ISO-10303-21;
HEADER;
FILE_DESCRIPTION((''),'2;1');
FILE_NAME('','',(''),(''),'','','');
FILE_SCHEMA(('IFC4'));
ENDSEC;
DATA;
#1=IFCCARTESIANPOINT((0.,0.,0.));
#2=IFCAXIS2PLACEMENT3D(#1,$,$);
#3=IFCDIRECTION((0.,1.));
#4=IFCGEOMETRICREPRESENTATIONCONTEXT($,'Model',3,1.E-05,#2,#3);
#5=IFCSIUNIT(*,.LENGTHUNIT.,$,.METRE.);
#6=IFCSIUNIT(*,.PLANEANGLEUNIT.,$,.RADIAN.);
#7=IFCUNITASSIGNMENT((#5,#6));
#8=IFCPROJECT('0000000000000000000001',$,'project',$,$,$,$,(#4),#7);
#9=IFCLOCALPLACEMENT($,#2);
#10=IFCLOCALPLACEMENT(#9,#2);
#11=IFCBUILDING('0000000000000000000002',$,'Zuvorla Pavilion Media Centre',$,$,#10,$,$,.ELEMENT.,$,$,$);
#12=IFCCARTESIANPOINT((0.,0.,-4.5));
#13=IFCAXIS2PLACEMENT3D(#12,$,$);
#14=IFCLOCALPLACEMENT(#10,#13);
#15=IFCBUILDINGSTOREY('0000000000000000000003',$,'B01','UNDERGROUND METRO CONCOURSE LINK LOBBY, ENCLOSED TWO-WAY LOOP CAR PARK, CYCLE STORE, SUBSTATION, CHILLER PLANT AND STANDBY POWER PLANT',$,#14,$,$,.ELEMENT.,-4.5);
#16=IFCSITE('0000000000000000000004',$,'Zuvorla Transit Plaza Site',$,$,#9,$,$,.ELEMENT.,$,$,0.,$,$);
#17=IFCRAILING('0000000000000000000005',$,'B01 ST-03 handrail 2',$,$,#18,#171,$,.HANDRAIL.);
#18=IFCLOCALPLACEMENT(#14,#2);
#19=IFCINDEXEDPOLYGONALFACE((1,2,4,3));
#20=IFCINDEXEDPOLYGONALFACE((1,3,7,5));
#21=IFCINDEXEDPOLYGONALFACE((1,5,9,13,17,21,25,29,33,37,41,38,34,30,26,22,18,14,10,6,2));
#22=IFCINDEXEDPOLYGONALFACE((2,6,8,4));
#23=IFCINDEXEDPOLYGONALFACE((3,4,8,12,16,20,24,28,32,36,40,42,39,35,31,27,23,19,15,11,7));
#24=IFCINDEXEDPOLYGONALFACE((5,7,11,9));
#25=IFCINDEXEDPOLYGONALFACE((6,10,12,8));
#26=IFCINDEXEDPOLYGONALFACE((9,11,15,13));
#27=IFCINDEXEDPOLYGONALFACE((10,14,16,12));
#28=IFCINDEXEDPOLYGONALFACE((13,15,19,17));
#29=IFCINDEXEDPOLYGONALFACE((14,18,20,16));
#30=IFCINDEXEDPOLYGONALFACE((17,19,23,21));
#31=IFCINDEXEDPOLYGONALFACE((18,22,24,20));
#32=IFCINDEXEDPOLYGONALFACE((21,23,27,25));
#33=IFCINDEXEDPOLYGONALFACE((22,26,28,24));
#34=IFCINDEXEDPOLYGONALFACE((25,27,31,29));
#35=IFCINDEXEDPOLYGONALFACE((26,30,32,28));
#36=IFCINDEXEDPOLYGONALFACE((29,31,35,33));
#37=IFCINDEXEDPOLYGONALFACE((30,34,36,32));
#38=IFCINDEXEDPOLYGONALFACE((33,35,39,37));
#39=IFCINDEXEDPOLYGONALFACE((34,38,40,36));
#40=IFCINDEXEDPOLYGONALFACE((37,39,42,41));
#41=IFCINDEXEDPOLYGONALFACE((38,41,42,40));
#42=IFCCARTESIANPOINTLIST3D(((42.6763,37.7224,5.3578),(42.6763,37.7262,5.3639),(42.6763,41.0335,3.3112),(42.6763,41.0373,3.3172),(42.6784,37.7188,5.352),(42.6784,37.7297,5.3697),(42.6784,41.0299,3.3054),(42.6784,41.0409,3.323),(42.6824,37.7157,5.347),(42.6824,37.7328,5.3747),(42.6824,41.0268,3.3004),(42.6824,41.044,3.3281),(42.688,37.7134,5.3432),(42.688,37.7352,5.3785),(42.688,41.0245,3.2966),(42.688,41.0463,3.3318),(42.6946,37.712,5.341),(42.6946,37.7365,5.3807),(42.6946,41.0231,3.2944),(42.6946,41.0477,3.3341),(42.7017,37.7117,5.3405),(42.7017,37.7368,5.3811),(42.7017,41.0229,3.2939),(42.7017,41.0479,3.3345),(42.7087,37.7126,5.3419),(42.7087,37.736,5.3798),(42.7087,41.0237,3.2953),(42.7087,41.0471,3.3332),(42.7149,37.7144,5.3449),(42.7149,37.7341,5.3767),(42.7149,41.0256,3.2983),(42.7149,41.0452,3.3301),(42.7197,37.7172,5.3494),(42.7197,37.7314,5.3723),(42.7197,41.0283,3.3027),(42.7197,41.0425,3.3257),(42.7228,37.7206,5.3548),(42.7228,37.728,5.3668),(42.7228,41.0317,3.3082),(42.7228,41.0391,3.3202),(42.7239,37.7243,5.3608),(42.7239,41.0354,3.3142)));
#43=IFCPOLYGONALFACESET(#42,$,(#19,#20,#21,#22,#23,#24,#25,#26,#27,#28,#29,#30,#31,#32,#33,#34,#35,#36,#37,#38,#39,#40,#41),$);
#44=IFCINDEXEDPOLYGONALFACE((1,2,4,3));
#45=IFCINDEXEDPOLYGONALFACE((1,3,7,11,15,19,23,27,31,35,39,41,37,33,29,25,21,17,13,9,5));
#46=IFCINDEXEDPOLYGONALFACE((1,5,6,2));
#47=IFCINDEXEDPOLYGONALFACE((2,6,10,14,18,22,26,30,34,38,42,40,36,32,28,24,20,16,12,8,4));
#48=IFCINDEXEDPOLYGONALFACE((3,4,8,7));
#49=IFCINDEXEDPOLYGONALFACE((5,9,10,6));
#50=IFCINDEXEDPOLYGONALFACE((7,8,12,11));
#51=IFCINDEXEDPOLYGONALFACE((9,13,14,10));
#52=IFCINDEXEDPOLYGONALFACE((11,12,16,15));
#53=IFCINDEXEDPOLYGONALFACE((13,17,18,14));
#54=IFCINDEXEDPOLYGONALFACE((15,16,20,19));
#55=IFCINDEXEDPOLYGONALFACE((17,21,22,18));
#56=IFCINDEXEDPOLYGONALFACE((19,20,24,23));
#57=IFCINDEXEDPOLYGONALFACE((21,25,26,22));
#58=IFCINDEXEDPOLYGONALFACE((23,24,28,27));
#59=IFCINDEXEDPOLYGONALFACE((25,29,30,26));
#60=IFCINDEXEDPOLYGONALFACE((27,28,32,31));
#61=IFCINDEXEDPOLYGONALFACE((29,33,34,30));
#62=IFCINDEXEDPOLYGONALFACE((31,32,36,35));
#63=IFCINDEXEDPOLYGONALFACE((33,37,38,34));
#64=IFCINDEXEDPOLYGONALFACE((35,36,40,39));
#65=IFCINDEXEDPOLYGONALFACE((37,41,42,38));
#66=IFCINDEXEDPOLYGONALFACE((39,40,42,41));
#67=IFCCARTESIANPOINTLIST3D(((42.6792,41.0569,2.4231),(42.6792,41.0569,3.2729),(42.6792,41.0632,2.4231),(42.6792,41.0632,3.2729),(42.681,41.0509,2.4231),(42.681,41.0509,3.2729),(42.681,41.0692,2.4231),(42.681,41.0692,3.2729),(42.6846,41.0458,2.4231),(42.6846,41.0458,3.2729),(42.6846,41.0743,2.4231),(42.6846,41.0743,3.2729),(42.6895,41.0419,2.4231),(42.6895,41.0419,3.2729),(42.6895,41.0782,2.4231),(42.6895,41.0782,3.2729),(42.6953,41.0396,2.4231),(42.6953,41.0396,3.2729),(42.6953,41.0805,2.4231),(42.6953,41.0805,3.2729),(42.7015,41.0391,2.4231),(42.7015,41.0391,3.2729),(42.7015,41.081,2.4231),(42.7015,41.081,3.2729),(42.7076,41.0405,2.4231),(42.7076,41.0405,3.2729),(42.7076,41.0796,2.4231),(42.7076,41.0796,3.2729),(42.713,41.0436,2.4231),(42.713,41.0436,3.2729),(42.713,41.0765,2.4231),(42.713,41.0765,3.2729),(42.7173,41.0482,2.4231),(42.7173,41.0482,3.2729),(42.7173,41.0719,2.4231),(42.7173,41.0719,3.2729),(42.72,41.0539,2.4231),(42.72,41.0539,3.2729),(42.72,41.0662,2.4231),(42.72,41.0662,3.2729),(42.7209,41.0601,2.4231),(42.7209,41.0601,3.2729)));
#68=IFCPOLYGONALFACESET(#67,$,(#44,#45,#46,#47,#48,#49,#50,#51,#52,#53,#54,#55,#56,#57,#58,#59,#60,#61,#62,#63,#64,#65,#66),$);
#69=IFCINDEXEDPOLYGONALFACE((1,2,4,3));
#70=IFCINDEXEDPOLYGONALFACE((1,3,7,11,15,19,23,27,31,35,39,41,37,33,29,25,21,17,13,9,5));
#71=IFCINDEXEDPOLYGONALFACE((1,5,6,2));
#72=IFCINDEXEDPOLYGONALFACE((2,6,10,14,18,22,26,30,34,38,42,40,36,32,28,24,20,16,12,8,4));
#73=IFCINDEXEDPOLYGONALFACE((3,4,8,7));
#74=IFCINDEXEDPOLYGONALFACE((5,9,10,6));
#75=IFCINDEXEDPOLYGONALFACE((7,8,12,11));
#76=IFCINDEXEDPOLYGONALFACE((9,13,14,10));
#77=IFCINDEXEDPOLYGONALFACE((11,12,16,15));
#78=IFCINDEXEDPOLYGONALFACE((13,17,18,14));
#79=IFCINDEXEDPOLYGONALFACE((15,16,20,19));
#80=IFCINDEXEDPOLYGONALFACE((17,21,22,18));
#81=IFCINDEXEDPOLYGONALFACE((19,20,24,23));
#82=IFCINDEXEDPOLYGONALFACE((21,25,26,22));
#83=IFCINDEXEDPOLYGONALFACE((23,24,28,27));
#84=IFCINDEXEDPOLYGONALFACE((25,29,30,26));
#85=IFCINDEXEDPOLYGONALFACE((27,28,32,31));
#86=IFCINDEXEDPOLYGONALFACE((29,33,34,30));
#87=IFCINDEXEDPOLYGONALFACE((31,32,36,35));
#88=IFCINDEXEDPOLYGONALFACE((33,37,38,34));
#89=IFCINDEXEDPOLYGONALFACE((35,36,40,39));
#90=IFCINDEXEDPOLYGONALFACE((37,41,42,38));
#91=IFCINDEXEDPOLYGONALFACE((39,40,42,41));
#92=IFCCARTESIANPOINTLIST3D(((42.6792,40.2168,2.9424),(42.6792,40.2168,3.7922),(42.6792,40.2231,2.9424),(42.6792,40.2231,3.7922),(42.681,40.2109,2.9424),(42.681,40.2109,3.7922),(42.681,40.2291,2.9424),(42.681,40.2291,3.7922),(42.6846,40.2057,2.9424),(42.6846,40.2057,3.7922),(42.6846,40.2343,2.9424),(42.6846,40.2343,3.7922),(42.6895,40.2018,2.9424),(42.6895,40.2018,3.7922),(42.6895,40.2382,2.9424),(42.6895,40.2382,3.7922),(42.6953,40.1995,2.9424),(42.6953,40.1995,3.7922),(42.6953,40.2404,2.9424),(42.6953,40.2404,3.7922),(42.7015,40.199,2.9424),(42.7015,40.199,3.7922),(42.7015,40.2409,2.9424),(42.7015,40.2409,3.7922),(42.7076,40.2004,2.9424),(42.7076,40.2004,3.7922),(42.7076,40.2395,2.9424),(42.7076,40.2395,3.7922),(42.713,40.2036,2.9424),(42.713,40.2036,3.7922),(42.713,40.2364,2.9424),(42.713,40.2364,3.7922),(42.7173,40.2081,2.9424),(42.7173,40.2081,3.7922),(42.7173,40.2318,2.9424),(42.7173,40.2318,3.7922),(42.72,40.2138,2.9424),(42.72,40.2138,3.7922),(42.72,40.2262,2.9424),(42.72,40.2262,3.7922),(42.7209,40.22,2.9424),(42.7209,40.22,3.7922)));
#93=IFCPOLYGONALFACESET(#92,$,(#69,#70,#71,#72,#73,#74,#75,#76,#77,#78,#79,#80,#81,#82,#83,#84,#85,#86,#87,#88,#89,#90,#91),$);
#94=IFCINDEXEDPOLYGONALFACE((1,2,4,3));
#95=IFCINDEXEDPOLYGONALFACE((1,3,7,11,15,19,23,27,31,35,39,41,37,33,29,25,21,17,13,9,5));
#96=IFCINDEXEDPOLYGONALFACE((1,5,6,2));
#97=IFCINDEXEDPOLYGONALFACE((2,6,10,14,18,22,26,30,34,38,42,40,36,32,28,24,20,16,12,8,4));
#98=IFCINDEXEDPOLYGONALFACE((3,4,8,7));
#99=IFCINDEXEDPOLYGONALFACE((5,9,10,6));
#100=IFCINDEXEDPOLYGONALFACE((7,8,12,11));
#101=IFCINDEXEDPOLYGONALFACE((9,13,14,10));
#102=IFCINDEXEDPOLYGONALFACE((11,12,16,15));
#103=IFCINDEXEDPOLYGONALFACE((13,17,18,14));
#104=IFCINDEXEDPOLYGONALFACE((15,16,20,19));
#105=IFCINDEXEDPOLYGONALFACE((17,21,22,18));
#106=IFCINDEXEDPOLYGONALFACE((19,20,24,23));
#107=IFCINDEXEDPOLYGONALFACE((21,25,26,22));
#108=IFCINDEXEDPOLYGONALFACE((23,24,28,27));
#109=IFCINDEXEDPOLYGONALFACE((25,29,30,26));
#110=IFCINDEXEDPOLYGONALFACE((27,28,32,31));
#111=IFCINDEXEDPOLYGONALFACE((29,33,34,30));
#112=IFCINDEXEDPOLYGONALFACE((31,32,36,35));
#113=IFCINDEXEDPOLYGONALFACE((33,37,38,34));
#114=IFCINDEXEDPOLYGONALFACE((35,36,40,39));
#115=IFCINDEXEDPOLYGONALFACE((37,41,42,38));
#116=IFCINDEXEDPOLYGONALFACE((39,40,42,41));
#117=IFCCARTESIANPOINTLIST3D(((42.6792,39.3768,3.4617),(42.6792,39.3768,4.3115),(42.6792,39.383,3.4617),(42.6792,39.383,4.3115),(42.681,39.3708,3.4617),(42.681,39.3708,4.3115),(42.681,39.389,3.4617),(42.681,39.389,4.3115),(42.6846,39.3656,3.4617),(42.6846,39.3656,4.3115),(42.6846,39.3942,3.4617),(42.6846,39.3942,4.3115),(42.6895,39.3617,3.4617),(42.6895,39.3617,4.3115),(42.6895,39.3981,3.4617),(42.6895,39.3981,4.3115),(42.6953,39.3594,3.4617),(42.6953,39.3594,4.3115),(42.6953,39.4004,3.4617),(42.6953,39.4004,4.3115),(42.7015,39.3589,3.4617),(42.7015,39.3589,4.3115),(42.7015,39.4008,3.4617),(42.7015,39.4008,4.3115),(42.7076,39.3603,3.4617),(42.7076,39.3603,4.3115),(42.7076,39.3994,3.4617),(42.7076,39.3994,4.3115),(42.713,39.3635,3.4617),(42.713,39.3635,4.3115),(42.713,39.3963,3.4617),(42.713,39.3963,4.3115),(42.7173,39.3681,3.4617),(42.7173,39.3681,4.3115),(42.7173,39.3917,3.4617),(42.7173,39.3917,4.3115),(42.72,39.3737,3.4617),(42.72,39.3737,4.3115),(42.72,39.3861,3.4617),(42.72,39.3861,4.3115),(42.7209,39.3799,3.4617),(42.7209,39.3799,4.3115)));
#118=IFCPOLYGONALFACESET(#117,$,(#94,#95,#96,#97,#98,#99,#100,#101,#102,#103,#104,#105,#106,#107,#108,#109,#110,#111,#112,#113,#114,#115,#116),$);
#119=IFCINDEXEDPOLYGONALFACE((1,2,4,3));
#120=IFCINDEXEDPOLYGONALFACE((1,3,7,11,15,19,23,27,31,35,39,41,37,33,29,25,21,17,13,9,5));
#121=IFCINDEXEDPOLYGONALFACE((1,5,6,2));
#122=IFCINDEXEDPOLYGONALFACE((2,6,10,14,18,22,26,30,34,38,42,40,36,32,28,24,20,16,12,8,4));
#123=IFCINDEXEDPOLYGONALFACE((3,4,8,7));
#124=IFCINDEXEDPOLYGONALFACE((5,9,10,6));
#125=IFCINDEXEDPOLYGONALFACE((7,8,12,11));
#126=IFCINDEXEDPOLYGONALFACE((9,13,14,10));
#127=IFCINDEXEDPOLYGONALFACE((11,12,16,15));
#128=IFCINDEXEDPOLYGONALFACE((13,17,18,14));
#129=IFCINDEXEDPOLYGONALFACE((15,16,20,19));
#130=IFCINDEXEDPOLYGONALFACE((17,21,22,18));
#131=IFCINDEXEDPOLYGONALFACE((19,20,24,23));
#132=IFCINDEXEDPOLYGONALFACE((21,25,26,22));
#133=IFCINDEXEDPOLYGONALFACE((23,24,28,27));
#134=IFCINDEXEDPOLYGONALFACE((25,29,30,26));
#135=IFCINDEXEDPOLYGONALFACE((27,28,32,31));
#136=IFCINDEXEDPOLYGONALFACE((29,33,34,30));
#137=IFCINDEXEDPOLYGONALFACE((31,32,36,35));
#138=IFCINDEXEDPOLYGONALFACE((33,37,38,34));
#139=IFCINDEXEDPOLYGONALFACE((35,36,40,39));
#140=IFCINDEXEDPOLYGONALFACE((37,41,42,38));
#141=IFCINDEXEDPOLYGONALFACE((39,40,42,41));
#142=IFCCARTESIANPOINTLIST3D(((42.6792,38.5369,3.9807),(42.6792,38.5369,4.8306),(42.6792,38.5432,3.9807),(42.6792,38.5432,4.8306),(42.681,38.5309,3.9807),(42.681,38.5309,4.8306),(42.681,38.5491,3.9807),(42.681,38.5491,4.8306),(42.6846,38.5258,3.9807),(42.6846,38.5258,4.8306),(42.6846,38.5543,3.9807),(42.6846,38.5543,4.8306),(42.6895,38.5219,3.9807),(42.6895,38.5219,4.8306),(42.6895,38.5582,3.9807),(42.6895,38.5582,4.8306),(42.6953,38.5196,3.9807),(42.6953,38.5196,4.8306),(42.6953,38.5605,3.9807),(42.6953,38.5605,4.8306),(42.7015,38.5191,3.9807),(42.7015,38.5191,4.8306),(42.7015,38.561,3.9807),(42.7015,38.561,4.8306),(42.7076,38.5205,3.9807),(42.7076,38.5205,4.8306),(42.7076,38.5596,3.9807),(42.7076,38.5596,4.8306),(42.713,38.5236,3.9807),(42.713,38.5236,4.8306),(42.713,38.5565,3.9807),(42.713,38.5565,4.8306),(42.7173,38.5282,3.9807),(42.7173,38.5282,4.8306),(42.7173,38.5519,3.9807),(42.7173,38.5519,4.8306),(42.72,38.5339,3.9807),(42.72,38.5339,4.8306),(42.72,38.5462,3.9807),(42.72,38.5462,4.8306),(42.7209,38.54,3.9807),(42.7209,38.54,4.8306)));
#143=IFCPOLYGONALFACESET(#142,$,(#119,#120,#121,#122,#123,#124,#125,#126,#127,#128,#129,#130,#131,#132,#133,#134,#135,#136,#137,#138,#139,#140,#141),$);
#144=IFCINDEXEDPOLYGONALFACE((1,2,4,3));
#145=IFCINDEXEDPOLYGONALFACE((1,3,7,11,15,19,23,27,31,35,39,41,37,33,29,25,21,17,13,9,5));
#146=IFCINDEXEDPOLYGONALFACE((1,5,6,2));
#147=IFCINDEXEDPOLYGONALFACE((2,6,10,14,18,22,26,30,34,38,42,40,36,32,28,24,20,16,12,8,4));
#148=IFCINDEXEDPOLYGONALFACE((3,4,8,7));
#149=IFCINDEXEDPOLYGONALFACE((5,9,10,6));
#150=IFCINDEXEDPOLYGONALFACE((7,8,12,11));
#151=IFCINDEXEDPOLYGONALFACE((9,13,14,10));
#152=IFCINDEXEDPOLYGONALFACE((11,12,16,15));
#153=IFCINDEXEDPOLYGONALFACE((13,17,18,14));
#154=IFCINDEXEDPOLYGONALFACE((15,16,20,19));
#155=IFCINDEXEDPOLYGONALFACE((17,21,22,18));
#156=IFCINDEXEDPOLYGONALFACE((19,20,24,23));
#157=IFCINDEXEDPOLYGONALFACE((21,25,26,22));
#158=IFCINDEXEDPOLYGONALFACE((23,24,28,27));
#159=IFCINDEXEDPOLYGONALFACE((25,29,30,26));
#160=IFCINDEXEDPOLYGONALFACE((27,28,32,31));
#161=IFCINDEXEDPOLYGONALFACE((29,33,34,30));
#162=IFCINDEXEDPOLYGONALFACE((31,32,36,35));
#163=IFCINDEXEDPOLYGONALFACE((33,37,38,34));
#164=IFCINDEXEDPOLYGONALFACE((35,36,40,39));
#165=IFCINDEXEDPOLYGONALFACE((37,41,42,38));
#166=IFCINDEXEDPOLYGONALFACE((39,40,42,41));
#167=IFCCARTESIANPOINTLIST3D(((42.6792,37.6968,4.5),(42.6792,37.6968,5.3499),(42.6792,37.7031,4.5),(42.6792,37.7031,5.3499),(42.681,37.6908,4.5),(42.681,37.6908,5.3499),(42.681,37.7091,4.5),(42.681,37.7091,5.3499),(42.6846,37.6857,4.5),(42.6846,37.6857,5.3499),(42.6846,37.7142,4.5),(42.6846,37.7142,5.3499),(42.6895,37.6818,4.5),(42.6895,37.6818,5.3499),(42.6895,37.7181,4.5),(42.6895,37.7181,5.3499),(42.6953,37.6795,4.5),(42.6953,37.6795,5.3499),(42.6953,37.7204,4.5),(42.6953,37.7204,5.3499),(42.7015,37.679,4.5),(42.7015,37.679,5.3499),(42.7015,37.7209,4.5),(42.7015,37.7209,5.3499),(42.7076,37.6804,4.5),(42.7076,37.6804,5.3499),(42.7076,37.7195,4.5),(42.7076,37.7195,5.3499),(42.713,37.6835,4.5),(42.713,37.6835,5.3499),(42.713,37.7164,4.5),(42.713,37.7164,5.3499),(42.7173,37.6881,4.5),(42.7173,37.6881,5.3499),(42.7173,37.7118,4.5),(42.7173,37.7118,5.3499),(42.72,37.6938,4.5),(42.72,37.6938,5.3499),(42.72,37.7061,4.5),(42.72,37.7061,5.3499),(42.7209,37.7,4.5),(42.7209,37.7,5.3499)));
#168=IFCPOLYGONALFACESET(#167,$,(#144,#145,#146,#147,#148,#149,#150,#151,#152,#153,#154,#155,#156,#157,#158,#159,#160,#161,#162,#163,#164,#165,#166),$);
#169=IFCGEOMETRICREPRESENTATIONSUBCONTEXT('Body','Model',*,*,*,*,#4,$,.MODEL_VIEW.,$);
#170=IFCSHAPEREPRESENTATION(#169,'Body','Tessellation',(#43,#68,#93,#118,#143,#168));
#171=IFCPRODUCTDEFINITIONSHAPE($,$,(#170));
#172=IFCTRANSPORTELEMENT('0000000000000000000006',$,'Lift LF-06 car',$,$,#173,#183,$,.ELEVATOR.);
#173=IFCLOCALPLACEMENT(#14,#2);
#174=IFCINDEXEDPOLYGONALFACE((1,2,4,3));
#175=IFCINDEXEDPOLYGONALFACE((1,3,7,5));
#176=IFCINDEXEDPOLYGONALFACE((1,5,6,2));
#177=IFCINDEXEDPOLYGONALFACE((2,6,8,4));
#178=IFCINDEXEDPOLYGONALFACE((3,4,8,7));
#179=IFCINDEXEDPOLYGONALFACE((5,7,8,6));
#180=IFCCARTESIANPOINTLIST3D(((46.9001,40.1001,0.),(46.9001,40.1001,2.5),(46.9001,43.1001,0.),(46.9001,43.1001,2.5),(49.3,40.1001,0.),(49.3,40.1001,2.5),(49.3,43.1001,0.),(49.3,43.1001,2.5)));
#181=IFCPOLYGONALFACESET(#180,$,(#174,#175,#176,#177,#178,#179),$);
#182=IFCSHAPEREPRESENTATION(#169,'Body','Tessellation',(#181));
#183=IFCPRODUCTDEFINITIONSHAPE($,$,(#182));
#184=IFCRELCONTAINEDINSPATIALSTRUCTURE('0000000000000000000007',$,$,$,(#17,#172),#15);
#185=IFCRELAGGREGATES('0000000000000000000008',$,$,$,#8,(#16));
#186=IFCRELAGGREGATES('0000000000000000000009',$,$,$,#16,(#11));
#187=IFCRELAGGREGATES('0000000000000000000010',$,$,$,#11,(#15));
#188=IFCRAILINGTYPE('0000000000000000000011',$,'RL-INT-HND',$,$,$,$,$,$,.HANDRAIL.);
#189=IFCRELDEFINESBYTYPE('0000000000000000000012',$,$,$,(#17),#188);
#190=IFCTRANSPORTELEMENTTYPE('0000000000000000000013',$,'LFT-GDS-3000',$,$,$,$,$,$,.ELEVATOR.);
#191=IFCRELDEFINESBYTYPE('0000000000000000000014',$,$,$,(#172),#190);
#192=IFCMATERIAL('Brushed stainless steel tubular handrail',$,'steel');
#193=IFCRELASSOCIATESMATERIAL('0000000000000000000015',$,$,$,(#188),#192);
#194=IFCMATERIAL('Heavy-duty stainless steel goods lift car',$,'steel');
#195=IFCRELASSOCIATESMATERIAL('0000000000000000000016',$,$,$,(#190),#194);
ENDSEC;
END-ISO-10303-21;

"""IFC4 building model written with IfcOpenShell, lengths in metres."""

from ifc_helpers import new_model, si_unit, direction, frame, origin, origin_2d, place, context, subcontext, project, spatial, rectangle, circle, extrude, material, type_object, element, save


model = new_model("IFC4")

# Units and contexts
model_context = context("Model", 3, precision=1e-05, world=origin(), true_north=direction((0.0, 1.0)))
body_context = subcontext(model_context, "Body", "Model", "MODEL_VIEW")
ifc_project = project(units=[si_unit("LENGTHUNIT", "METRE"), si_unit("PLANEANGLEUNIT", "RADIAN")], contexts=[model_context])

# Site, building, storey
site_placement = place(None, origin())
site = spatial("IfcSite", under=ifc_project, at=site_placement, Name="Zuvorla Transit Plaza Site", CompositionType="ELEMENT", RefElevation=0.0)
building_placement = place(site_placement, origin())
building = spatial("IfcBuilding", under=site, at=building_placement, Name="Zuvorla Pavilion Media Centre", CompositionType="ELEMENT")
storey_placement = place(building_placement, frame((0.0, 0.0, -4.5)))
storey = spatial("IfcBuildingStorey", under=building, at=storey_placement, Name="B01", Description="UNDERGROUND METRO CONCOURSE LINK LOBBY, ENCLOSED TWO-WAY LOOP CAR PARK, CYCLE STORE, SUBSTATION, CHILLER PLANT AND STANDBY POWER PLANT", CompositionType="ELEMENT", Elevation=-4.5)

# Railing
ifc_material_1 = material(Name="Brushed stainless steel tubular handrail", Category="steel")
railing_type_1 = type_object("IfcRailingType", Name="RL-INT-HND", PredefinedType="HANDRAIL", material=ifc_material_1)
railing_1_placement = place(storey_placement, frame((42.7, 41.0601, 2.4231)))
element("IfcRailing", 1, at=railing_1_placement, inside=storey, type_object=railing_type_1, Name="B01 ST-03 handrail 2", PredefinedType="HANDRAIL", context=body_context, shape_type="SweptSolid", body=[
    extrude(circle(Radius=0.0239, at=origin_2d()), frame((0.0, -0.0247, 0.8911), z_axis=(0.0, -0.850623, 0.525776), x_axis=(1.0, 0.0, 0.0)), (0.0, 0.0, 1.0), 3.8926),
    extrude(circle(Radius=0.021, at=origin_2d()), origin(), (0.0, 0.0, 1.0), 0.8499),
    extrude(circle(Radius=0.021, at=origin_2d()), frame((0.0, -0.8401, 0.5193)), (0.0, 0.0, 1.0), 0.8499),
    extrude(circle(Radius=0.021, at=origin_2d()), frame((0.0, -1.6802, 1.0386)), (0.0, 0.0, 1.0), 0.8499),
    extrude(circle(Radius=0.021, at=origin_2d()), frame((0.0, -2.52, 1.5576)), (0.0, 0.0, 1.0), 0.8499),
    extrude(circle(Radius=0.021, at=origin_2d()), frame((0.0, -3.3601, 2.0769)), (0.0, 0.0, 1.0), 0.8499),
])

# Transport element
ifc_material_2 = material(Name="Heavy-duty stainless steel goods lift car", Category="steel")
transport_element_type = type_object("IfcTransportElementType", Name="LFT-GDS-3000", PredefinedType="ELEVATOR", material=ifc_material_2)
transport_element_placement = place(storey_placement, frame((48.1001, 41.6001, 0.0), z_axis=(0.0, 0.0, 1.0), x_axis=(1.0, 0.0, 0.0)))
element("IfcTransportElement", 2, at=transport_element_placement, inside=storey, type_object=transport_element_type, Name="Lift LF-06 car", PredefinedType="ELEVATOR", context=body_context, shape_type="SweptSolid", body=[
    extrude(rectangle(XDim=2.3999, YDim=3.0, at=origin_2d()), origin(), (0.0, 0.0, 1.0), 2.5),
])

save(model, "model.ifc")
